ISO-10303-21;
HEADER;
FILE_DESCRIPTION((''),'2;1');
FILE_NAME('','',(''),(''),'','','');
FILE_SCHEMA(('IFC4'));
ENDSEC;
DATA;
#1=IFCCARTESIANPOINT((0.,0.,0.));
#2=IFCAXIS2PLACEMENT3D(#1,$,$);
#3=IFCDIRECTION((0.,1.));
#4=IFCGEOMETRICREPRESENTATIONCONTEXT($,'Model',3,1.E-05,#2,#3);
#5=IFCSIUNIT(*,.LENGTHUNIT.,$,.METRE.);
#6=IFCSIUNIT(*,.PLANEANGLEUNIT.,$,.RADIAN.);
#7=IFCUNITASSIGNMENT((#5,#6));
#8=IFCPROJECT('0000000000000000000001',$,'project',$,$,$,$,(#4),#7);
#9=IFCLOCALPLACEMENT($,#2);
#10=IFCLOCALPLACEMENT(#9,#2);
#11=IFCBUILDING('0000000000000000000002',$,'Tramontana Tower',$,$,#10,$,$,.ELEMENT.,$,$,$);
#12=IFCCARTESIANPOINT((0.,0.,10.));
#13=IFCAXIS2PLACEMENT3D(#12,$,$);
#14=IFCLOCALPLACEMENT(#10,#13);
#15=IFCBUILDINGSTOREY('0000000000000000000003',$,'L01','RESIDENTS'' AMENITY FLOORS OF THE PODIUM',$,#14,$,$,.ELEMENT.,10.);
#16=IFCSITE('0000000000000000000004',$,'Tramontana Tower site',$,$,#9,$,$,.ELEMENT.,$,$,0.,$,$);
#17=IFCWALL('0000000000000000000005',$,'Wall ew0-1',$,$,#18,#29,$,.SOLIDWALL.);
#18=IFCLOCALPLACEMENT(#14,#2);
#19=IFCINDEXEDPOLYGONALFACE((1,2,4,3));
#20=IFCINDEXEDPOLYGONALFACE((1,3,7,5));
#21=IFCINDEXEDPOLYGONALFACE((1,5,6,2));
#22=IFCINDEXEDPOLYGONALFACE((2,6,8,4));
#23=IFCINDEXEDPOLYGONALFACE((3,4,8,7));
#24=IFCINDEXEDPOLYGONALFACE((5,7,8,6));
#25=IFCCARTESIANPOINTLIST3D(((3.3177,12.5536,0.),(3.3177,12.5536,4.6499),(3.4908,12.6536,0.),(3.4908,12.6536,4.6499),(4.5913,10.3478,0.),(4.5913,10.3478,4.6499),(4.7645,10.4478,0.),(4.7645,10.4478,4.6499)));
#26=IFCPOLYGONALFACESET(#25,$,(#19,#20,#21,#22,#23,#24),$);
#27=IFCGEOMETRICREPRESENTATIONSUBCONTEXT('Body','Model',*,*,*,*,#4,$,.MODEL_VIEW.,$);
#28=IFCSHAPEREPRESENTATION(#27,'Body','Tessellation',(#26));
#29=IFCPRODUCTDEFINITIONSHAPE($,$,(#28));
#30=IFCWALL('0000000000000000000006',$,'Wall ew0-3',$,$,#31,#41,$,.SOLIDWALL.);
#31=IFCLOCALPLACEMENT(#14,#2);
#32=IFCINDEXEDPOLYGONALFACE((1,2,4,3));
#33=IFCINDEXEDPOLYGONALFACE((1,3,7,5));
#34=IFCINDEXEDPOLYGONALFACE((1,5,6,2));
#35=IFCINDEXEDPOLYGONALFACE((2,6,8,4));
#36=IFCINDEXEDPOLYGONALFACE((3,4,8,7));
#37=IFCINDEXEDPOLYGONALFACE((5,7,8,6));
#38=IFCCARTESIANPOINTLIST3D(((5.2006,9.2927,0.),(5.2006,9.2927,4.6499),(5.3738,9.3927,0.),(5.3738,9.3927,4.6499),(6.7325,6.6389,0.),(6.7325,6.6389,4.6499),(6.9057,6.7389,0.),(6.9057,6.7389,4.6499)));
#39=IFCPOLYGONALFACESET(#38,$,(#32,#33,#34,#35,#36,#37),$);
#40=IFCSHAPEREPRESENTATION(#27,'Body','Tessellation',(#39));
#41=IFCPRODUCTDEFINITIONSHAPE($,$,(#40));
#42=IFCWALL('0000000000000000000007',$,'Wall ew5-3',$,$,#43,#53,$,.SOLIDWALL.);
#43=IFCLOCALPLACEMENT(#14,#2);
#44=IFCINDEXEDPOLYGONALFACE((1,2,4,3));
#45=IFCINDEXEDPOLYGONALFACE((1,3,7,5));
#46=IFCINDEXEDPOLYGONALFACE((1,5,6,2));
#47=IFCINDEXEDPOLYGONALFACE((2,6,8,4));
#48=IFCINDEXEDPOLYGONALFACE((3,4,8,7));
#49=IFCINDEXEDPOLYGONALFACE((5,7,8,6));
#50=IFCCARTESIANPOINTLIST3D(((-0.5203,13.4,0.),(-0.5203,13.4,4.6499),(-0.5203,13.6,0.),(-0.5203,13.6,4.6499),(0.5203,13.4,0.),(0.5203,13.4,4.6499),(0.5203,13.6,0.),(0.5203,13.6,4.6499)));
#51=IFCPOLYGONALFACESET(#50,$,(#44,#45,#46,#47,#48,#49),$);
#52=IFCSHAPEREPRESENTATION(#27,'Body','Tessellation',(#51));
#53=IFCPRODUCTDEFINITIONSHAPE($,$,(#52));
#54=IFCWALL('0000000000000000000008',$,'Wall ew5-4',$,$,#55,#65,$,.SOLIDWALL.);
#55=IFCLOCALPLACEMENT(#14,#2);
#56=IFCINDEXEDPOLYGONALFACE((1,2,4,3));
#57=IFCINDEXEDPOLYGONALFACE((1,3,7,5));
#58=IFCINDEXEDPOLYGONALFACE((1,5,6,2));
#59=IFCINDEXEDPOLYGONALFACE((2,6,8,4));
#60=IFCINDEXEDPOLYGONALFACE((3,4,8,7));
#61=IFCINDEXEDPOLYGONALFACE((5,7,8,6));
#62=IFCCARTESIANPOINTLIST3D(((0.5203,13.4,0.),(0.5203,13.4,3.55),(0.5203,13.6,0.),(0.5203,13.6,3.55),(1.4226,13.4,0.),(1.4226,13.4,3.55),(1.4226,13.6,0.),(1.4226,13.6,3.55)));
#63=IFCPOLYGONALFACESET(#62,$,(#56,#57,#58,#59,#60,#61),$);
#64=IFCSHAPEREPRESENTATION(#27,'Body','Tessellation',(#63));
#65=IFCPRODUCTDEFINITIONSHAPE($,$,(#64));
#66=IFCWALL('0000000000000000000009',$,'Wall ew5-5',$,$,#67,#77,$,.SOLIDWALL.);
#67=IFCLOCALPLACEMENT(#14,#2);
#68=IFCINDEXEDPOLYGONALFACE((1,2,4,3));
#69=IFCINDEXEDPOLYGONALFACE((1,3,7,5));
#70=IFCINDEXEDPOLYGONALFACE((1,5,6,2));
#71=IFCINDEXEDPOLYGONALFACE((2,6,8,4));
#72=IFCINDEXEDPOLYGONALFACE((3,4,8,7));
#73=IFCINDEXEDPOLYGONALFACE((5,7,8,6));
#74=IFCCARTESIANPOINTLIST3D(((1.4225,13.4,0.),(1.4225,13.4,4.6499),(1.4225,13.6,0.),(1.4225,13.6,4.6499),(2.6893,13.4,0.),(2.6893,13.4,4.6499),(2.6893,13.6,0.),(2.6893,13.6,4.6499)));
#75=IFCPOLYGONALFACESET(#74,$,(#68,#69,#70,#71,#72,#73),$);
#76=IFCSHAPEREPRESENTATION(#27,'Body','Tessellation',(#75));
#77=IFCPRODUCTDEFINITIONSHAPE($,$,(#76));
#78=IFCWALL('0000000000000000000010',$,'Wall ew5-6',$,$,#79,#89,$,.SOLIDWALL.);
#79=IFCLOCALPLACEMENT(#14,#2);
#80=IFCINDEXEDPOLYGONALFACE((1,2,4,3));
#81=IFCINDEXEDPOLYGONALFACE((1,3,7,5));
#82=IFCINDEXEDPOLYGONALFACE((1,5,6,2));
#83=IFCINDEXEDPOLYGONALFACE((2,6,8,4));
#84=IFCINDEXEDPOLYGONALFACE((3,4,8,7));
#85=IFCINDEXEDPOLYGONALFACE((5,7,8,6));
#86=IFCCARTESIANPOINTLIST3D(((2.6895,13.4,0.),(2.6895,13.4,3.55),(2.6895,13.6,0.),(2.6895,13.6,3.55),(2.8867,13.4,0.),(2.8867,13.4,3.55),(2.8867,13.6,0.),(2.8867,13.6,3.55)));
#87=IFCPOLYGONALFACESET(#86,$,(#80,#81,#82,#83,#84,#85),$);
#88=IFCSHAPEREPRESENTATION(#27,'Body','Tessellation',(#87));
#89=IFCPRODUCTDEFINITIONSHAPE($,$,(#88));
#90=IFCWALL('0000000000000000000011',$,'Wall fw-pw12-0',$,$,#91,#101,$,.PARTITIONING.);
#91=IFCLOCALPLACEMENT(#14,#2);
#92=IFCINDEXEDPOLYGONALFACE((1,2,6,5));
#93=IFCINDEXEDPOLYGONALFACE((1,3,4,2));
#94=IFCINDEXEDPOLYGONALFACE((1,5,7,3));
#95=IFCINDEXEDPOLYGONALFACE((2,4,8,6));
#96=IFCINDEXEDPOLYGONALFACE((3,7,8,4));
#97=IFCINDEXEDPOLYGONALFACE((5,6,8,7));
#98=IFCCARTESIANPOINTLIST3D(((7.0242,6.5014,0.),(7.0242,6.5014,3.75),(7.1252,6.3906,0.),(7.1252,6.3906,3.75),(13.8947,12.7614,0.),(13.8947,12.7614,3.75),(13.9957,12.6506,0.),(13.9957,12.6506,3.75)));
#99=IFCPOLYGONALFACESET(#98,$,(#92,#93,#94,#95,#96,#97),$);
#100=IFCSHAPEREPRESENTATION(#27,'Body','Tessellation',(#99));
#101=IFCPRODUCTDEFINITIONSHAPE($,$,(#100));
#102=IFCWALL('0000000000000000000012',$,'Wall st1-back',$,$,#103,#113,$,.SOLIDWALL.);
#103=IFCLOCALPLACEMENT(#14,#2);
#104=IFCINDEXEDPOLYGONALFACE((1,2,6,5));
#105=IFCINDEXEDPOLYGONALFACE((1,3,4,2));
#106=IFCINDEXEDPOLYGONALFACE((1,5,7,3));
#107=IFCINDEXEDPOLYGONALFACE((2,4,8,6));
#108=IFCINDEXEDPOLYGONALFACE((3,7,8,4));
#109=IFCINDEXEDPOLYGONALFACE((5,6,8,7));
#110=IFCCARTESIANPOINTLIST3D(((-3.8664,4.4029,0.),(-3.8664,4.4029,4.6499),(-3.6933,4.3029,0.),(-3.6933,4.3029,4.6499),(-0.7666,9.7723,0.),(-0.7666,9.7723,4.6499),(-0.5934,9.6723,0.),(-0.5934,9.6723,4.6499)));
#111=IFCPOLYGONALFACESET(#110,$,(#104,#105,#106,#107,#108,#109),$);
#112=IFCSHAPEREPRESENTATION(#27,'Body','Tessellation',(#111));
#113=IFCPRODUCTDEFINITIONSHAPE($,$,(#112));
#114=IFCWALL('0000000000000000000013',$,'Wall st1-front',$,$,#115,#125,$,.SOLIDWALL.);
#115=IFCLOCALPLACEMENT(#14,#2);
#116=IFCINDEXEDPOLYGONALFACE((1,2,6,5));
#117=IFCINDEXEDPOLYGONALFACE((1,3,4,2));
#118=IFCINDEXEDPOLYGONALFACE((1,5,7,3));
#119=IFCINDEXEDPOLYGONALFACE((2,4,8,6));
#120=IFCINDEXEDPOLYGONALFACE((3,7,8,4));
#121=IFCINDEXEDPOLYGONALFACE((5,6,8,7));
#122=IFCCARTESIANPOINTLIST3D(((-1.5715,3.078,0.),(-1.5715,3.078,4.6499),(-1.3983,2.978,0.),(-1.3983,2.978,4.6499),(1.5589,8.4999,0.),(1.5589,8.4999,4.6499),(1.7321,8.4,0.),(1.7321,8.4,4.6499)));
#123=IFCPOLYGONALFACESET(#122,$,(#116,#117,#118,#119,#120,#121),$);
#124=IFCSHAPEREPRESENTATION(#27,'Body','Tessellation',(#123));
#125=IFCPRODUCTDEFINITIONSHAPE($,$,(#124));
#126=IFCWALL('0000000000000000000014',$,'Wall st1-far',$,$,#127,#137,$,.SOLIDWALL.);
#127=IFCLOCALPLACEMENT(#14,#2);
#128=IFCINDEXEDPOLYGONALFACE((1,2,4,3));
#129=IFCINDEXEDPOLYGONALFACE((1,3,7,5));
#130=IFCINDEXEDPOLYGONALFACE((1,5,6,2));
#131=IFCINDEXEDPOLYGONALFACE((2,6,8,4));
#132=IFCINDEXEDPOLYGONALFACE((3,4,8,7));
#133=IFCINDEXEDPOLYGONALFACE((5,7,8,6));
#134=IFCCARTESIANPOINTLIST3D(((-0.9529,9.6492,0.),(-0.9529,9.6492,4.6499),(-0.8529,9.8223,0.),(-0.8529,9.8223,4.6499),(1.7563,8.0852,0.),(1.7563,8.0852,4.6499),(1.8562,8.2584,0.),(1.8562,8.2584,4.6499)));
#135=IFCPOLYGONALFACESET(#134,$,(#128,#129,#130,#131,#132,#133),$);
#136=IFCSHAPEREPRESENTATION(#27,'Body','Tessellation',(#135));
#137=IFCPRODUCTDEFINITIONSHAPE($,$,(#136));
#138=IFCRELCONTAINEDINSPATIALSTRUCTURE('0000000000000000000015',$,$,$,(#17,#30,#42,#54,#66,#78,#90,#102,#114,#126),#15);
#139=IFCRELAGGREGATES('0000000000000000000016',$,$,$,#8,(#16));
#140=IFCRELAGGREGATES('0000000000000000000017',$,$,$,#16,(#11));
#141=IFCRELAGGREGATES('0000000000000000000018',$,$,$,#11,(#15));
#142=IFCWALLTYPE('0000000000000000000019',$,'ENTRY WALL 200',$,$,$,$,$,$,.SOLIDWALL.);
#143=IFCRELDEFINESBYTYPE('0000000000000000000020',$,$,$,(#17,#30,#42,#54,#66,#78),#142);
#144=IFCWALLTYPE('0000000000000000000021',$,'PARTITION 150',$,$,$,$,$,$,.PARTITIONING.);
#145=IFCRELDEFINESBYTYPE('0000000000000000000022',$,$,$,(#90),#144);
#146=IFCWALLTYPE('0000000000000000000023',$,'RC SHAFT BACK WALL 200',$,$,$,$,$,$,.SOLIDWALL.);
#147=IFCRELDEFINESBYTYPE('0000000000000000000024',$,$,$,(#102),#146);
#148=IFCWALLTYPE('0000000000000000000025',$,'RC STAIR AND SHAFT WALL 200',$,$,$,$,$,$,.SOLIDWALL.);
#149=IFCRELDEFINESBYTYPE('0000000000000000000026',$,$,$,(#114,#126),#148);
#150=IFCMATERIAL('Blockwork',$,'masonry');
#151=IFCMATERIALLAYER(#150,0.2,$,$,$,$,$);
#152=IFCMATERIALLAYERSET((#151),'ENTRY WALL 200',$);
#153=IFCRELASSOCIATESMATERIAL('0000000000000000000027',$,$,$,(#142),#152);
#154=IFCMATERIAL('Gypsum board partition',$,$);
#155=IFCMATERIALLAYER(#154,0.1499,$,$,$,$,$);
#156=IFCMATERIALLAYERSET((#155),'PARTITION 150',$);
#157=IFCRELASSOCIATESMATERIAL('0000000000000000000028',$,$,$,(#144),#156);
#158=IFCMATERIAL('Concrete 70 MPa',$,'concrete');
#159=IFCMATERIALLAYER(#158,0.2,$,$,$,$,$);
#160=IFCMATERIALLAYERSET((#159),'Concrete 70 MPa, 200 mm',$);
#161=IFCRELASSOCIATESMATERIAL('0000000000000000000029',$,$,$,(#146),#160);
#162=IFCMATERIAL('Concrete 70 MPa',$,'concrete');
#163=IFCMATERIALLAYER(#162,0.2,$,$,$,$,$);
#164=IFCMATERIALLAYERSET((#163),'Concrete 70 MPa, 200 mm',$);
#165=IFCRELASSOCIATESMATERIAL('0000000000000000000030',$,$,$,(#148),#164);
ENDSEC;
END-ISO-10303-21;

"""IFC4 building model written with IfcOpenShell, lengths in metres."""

from ifc_helpers import new_model, si_unit, direction, frame, frame_2d, origin, place, context, subcontext, project, spatial, rectangle, extrude, material, layer, layer_set, type_object, element, save


model = new_model("IFC4")

# Units and contexts
model_context = context("Model", 3, precision=1e-05, world=origin(), true_north=direction((0.0, 1.0)))
body_context = subcontext(model_context, "Body", "Model", "MODEL_VIEW")
ifc_project = project(units=[si_unit("LENGTHUNIT", "METRE"), si_unit("PLANEANGLEUNIT", "RADIAN")], contexts=[model_context])

# Site, building, storey
site_placement = place(None, origin())
site = spatial("IfcSite", under=ifc_project, at=site_placement, Name="Tramontana Tower site", CompositionType="ELEMENT", RefElevation=0.0)
building_placement = place(site_placement, origin())
building = spatial("IfcBuilding", under=site, at=building_placement, Name="Tramontana Tower", CompositionType="ELEMENT")
storey_placement = place(building_placement, frame((0.0, 0.0, 10.0)))
storey = spatial("IfcBuildingStorey", under=building, at=storey_placement, Name="L01", Description="RESIDENTS' AMENITY FLOORS OF THE PODIUM", CompositionType="ELEMENT", Elevation=10.0)

# Wall
ifc_material_1 = material(Name="Blockwork", Category="masonry")
ifc_layer_1 = layer(ifc_material_1, 0.2)
ifc_layer_set_1 = layer_set([ifc_layer_1], Name="ENTRY WALL 200")
wall_type_1 = type_object("IfcWallType", Name="ENTRY WALL 200", PredefinedType="SOLIDWALL", material=ifc_layer_set_1)
wall_1_placement = place(storey_placement, frame((3.4043, 12.6035, 0.0), z_axis=(0.0, 0.0, 1.0), x_axis=(0.500046, -0.865999, 0.0)))
element("IfcWall", 1, at=wall_1_placement, inside=storey, type_object=wall_type_1, Name="Wall ew0-1", PredefinedType="SOLIDWALL", context=body_context, shape_type="SweptSolid", body=[
    extrude(rectangle(XDim=2.5471, YDim=0.2, at=frame_2d((1.2734, 0.0))), origin(), (0.0, 0.0, 1.0), 4.6499),
])

# Walls
wall_2_placement = place(storey_placement, frame((5.2871, 9.3428, 0.0), z_axis=(0.0, 0.0, 1.0), x_axis=(0.499952, -0.866053, 0.0)))
element("IfcWall", 2, at=wall_2_placement, inside=storey, type_object=wall_type_1, Name="Wall ew0-3", PredefinedType="SOLIDWALL", context=body_context, shape_type="SweptSolid", body=[
    extrude(rectangle(XDim=3.0642, YDim=0.2, at=frame_2d((1.5322, 0.0))), origin(), (0.0, 0.0, 1.0), 4.6499),
])
wall_3_placement = place(storey_placement, frame((-0.5203, 13.5, 0.0), z_axis=(0.0, 0.0, 1.0), x_axis=(1.0, 0.0, 0.0)))
element("IfcWall", 3, at=wall_3_placement, inside=storey, type_object=wall_type_1, Name="Wall ew5-3", PredefinedType="SOLIDWALL", context=body_context, shape_type="SweptSolid", body=[
    extrude(rectangle(XDim=1.0405, YDim=0.2, at=frame_2d((0.5203, 0.0))), origin(), (0.0, 0.0, 1.0), 4.6499),
])
wall_4_placement = place(storey_placement, frame((0.5203, 13.5, 0.0), z_axis=(0.0, 0.0, 1.0), x_axis=(1.0, 0.0, 0.0)))
element("IfcWall", 4, at=wall_4_placement, inside=storey, type_object=wall_type_1, Name="Wall ew5-4", PredefinedType="SOLIDWALL", context=body_context, shape_type="SweptSolid", body=[
    extrude(rectangle(XDim=0.9023, YDim=0.2, at=frame_2d((0.4512, 0.0))), origin(), (0.0, 0.0, 1.0), 3.55),
])
wall_5_placement = place(storey_placement, frame((1.4226, 13.5, 0.0), z_axis=(0.0, 0.0, 1.0), x_axis=(1.0, 0.0, 0.0)))
element("IfcWall", 5, at=wall_5_placement, inside=storey, type_object=wall_type_1, Name="Wall ew5-5", PredefinedType="SOLIDWALL", context=body_context, shape_type="SweptSolid", body=[
    extrude(rectangle(XDim=1.2668, YDim=0.2, at=frame_2d((0.6333, 0.0))), origin(), (0.0, 0.0, 1.0), 4.6499),
])
wall_6_placement = place(storey_placement, frame((2.6895, 13.5, 0.0), z_axis=(0.0, 0.0, 1.0), x_axis=(1.0, 0.0, 0.0)))
element("IfcWall", 6, at=wall_6_placement, inside=storey, type_object=wall_type_1, Name="Wall ew5-6", PredefinedType="SOLIDWALL", context=body_context, shape_type="SweptSolid", body=[
    extrude(rectangle(XDim=0.1973, YDim=0.2, at=frame_2d((0.0986, 0.0))), origin(), (0.0, 0.0, 1.0), 3.55),
])
ifc_material_2 = material(Name="Gypsum board partition")
ifc_layer_2 = layer(ifc_material_2, 0.1499)
ifc_layer_set_2 = layer_set([ifc_layer_2], Name="PARTITION 150")
wall_type_2 = type_object("IfcWallType", Name="PARTITION 150", PredefinedType="PARTITIONING", material=ifc_layer_set_2)
wall_7_placement = place(storey_placement, frame((13.9453, 12.7061, 0.0), z_axis=(0.0, 0.0, 1.0), x_axis=(-0.73919, -0.673497, 0.0)))
element("IfcWall", 7, at=wall_7_placement, inside=storey, type_object=wall_type_2, Name="Wall fw-pw12-0", PredefinedType="PARTITIONING", context=body_context, shape_type="SweptSolid", body=[
    extrude(rectangle(XDim=9.2947, YDim=0.1499, at=frame_2d((4.6475, 0.0))), origin(), (0.0, 0.0, 1.0), 3.75),
])
ifc_material_3 = material(Name="Concrete 70 MPa", Category="concrete")
ifc_layer_3 = layer(ifc_material_3, 0.2)
ifc_layer_set_3 = layer_set([ifc_layer_3], Name="Concrete 70 MPa, 200 mm")
wall_type_3 = type_object("IfcWallType", Name="RC SHAFT BACK WALL 200", PredefinedType="SOLIDWALL", material=ifc_layer_set_3)
wall_8_placement = place(storey_placement, frame((-0.6799, 9.7224, 0.0), z_axis=(0.0, 0.0, 1.0), x_axis=(-0.49998, -0.866037, 0.0)))
element("IfcWall", 8, at=wall_8_placement, inside=storey, type_object=wall_type_3, Name="Wall st1-back", PredefinedType="SOLIDWALL", context=body_context, shape_type="SweptSolid", body=[
    extrude(rectangle(XDim=6.2, YDim=0.2, at=frame_2d((3.1001, 0.0))), origin(), (0.0, 0.0, 1.0), 4.6499),
])
ifc_material_4 = material(Name="Concrete 70 MPa", Category="concrete")
ifc_layer_4 = layer(ifc_material_4, 0.2)
ifc_layer_set_4 = layer_set([ifc_layer_4], Name="Concrete 70 MPa, 200 mm")
wall_type_4 = type_object("IfcWallType", Name="RC STAIR AND SHAFT WALL 200", PredefinedType="SOLIDWALL", material=ifc_layer_set_4)
wall_9_placement = place(storey_placement, frame((1.6455, 8.45, 0.0), z_axis=(0.0, 0.0, 1.0), x_axis=(-0.500006, -0.866022, 0.0)))
element("IfcWall", 9, at=wall_9_placement, inside=storey, type_object=wall_type_4, Name="Wall st1-front", PredefinedType="SOLIDWALL", context=body_context, shape_type="SweptSolid", body=[
    extrude(rectangle(XDim=6.2607, YDim=0.2, at=frame_2d((3.1304, 0.0))), origin(), (0.0, 0.0, 1.0), 4.6499),
])
wall_10_placement = place(storey_placement, frame((1.8062, 8.1719, 0.0), z_axis=(0.0, 0.0, 1.0), x_axis=(-0.866054, 0.49995, 0.0)))
element("IfcWall", 10, at=wall_10_placement, inside=storey, type_object=wall_type_4, Name="Wall st1-far", PredefinedType="SOLIDWALL", context=body_context, shape_type="SweptSolid", body=[
    extrude(rectangle(XDim=3.1282, YDim=0.2, at=frame_2d((1.564, 0.0))), origin(), (0.0, 0.0, 1.0), 4.6499),
])

save(model, "model.ifc")
